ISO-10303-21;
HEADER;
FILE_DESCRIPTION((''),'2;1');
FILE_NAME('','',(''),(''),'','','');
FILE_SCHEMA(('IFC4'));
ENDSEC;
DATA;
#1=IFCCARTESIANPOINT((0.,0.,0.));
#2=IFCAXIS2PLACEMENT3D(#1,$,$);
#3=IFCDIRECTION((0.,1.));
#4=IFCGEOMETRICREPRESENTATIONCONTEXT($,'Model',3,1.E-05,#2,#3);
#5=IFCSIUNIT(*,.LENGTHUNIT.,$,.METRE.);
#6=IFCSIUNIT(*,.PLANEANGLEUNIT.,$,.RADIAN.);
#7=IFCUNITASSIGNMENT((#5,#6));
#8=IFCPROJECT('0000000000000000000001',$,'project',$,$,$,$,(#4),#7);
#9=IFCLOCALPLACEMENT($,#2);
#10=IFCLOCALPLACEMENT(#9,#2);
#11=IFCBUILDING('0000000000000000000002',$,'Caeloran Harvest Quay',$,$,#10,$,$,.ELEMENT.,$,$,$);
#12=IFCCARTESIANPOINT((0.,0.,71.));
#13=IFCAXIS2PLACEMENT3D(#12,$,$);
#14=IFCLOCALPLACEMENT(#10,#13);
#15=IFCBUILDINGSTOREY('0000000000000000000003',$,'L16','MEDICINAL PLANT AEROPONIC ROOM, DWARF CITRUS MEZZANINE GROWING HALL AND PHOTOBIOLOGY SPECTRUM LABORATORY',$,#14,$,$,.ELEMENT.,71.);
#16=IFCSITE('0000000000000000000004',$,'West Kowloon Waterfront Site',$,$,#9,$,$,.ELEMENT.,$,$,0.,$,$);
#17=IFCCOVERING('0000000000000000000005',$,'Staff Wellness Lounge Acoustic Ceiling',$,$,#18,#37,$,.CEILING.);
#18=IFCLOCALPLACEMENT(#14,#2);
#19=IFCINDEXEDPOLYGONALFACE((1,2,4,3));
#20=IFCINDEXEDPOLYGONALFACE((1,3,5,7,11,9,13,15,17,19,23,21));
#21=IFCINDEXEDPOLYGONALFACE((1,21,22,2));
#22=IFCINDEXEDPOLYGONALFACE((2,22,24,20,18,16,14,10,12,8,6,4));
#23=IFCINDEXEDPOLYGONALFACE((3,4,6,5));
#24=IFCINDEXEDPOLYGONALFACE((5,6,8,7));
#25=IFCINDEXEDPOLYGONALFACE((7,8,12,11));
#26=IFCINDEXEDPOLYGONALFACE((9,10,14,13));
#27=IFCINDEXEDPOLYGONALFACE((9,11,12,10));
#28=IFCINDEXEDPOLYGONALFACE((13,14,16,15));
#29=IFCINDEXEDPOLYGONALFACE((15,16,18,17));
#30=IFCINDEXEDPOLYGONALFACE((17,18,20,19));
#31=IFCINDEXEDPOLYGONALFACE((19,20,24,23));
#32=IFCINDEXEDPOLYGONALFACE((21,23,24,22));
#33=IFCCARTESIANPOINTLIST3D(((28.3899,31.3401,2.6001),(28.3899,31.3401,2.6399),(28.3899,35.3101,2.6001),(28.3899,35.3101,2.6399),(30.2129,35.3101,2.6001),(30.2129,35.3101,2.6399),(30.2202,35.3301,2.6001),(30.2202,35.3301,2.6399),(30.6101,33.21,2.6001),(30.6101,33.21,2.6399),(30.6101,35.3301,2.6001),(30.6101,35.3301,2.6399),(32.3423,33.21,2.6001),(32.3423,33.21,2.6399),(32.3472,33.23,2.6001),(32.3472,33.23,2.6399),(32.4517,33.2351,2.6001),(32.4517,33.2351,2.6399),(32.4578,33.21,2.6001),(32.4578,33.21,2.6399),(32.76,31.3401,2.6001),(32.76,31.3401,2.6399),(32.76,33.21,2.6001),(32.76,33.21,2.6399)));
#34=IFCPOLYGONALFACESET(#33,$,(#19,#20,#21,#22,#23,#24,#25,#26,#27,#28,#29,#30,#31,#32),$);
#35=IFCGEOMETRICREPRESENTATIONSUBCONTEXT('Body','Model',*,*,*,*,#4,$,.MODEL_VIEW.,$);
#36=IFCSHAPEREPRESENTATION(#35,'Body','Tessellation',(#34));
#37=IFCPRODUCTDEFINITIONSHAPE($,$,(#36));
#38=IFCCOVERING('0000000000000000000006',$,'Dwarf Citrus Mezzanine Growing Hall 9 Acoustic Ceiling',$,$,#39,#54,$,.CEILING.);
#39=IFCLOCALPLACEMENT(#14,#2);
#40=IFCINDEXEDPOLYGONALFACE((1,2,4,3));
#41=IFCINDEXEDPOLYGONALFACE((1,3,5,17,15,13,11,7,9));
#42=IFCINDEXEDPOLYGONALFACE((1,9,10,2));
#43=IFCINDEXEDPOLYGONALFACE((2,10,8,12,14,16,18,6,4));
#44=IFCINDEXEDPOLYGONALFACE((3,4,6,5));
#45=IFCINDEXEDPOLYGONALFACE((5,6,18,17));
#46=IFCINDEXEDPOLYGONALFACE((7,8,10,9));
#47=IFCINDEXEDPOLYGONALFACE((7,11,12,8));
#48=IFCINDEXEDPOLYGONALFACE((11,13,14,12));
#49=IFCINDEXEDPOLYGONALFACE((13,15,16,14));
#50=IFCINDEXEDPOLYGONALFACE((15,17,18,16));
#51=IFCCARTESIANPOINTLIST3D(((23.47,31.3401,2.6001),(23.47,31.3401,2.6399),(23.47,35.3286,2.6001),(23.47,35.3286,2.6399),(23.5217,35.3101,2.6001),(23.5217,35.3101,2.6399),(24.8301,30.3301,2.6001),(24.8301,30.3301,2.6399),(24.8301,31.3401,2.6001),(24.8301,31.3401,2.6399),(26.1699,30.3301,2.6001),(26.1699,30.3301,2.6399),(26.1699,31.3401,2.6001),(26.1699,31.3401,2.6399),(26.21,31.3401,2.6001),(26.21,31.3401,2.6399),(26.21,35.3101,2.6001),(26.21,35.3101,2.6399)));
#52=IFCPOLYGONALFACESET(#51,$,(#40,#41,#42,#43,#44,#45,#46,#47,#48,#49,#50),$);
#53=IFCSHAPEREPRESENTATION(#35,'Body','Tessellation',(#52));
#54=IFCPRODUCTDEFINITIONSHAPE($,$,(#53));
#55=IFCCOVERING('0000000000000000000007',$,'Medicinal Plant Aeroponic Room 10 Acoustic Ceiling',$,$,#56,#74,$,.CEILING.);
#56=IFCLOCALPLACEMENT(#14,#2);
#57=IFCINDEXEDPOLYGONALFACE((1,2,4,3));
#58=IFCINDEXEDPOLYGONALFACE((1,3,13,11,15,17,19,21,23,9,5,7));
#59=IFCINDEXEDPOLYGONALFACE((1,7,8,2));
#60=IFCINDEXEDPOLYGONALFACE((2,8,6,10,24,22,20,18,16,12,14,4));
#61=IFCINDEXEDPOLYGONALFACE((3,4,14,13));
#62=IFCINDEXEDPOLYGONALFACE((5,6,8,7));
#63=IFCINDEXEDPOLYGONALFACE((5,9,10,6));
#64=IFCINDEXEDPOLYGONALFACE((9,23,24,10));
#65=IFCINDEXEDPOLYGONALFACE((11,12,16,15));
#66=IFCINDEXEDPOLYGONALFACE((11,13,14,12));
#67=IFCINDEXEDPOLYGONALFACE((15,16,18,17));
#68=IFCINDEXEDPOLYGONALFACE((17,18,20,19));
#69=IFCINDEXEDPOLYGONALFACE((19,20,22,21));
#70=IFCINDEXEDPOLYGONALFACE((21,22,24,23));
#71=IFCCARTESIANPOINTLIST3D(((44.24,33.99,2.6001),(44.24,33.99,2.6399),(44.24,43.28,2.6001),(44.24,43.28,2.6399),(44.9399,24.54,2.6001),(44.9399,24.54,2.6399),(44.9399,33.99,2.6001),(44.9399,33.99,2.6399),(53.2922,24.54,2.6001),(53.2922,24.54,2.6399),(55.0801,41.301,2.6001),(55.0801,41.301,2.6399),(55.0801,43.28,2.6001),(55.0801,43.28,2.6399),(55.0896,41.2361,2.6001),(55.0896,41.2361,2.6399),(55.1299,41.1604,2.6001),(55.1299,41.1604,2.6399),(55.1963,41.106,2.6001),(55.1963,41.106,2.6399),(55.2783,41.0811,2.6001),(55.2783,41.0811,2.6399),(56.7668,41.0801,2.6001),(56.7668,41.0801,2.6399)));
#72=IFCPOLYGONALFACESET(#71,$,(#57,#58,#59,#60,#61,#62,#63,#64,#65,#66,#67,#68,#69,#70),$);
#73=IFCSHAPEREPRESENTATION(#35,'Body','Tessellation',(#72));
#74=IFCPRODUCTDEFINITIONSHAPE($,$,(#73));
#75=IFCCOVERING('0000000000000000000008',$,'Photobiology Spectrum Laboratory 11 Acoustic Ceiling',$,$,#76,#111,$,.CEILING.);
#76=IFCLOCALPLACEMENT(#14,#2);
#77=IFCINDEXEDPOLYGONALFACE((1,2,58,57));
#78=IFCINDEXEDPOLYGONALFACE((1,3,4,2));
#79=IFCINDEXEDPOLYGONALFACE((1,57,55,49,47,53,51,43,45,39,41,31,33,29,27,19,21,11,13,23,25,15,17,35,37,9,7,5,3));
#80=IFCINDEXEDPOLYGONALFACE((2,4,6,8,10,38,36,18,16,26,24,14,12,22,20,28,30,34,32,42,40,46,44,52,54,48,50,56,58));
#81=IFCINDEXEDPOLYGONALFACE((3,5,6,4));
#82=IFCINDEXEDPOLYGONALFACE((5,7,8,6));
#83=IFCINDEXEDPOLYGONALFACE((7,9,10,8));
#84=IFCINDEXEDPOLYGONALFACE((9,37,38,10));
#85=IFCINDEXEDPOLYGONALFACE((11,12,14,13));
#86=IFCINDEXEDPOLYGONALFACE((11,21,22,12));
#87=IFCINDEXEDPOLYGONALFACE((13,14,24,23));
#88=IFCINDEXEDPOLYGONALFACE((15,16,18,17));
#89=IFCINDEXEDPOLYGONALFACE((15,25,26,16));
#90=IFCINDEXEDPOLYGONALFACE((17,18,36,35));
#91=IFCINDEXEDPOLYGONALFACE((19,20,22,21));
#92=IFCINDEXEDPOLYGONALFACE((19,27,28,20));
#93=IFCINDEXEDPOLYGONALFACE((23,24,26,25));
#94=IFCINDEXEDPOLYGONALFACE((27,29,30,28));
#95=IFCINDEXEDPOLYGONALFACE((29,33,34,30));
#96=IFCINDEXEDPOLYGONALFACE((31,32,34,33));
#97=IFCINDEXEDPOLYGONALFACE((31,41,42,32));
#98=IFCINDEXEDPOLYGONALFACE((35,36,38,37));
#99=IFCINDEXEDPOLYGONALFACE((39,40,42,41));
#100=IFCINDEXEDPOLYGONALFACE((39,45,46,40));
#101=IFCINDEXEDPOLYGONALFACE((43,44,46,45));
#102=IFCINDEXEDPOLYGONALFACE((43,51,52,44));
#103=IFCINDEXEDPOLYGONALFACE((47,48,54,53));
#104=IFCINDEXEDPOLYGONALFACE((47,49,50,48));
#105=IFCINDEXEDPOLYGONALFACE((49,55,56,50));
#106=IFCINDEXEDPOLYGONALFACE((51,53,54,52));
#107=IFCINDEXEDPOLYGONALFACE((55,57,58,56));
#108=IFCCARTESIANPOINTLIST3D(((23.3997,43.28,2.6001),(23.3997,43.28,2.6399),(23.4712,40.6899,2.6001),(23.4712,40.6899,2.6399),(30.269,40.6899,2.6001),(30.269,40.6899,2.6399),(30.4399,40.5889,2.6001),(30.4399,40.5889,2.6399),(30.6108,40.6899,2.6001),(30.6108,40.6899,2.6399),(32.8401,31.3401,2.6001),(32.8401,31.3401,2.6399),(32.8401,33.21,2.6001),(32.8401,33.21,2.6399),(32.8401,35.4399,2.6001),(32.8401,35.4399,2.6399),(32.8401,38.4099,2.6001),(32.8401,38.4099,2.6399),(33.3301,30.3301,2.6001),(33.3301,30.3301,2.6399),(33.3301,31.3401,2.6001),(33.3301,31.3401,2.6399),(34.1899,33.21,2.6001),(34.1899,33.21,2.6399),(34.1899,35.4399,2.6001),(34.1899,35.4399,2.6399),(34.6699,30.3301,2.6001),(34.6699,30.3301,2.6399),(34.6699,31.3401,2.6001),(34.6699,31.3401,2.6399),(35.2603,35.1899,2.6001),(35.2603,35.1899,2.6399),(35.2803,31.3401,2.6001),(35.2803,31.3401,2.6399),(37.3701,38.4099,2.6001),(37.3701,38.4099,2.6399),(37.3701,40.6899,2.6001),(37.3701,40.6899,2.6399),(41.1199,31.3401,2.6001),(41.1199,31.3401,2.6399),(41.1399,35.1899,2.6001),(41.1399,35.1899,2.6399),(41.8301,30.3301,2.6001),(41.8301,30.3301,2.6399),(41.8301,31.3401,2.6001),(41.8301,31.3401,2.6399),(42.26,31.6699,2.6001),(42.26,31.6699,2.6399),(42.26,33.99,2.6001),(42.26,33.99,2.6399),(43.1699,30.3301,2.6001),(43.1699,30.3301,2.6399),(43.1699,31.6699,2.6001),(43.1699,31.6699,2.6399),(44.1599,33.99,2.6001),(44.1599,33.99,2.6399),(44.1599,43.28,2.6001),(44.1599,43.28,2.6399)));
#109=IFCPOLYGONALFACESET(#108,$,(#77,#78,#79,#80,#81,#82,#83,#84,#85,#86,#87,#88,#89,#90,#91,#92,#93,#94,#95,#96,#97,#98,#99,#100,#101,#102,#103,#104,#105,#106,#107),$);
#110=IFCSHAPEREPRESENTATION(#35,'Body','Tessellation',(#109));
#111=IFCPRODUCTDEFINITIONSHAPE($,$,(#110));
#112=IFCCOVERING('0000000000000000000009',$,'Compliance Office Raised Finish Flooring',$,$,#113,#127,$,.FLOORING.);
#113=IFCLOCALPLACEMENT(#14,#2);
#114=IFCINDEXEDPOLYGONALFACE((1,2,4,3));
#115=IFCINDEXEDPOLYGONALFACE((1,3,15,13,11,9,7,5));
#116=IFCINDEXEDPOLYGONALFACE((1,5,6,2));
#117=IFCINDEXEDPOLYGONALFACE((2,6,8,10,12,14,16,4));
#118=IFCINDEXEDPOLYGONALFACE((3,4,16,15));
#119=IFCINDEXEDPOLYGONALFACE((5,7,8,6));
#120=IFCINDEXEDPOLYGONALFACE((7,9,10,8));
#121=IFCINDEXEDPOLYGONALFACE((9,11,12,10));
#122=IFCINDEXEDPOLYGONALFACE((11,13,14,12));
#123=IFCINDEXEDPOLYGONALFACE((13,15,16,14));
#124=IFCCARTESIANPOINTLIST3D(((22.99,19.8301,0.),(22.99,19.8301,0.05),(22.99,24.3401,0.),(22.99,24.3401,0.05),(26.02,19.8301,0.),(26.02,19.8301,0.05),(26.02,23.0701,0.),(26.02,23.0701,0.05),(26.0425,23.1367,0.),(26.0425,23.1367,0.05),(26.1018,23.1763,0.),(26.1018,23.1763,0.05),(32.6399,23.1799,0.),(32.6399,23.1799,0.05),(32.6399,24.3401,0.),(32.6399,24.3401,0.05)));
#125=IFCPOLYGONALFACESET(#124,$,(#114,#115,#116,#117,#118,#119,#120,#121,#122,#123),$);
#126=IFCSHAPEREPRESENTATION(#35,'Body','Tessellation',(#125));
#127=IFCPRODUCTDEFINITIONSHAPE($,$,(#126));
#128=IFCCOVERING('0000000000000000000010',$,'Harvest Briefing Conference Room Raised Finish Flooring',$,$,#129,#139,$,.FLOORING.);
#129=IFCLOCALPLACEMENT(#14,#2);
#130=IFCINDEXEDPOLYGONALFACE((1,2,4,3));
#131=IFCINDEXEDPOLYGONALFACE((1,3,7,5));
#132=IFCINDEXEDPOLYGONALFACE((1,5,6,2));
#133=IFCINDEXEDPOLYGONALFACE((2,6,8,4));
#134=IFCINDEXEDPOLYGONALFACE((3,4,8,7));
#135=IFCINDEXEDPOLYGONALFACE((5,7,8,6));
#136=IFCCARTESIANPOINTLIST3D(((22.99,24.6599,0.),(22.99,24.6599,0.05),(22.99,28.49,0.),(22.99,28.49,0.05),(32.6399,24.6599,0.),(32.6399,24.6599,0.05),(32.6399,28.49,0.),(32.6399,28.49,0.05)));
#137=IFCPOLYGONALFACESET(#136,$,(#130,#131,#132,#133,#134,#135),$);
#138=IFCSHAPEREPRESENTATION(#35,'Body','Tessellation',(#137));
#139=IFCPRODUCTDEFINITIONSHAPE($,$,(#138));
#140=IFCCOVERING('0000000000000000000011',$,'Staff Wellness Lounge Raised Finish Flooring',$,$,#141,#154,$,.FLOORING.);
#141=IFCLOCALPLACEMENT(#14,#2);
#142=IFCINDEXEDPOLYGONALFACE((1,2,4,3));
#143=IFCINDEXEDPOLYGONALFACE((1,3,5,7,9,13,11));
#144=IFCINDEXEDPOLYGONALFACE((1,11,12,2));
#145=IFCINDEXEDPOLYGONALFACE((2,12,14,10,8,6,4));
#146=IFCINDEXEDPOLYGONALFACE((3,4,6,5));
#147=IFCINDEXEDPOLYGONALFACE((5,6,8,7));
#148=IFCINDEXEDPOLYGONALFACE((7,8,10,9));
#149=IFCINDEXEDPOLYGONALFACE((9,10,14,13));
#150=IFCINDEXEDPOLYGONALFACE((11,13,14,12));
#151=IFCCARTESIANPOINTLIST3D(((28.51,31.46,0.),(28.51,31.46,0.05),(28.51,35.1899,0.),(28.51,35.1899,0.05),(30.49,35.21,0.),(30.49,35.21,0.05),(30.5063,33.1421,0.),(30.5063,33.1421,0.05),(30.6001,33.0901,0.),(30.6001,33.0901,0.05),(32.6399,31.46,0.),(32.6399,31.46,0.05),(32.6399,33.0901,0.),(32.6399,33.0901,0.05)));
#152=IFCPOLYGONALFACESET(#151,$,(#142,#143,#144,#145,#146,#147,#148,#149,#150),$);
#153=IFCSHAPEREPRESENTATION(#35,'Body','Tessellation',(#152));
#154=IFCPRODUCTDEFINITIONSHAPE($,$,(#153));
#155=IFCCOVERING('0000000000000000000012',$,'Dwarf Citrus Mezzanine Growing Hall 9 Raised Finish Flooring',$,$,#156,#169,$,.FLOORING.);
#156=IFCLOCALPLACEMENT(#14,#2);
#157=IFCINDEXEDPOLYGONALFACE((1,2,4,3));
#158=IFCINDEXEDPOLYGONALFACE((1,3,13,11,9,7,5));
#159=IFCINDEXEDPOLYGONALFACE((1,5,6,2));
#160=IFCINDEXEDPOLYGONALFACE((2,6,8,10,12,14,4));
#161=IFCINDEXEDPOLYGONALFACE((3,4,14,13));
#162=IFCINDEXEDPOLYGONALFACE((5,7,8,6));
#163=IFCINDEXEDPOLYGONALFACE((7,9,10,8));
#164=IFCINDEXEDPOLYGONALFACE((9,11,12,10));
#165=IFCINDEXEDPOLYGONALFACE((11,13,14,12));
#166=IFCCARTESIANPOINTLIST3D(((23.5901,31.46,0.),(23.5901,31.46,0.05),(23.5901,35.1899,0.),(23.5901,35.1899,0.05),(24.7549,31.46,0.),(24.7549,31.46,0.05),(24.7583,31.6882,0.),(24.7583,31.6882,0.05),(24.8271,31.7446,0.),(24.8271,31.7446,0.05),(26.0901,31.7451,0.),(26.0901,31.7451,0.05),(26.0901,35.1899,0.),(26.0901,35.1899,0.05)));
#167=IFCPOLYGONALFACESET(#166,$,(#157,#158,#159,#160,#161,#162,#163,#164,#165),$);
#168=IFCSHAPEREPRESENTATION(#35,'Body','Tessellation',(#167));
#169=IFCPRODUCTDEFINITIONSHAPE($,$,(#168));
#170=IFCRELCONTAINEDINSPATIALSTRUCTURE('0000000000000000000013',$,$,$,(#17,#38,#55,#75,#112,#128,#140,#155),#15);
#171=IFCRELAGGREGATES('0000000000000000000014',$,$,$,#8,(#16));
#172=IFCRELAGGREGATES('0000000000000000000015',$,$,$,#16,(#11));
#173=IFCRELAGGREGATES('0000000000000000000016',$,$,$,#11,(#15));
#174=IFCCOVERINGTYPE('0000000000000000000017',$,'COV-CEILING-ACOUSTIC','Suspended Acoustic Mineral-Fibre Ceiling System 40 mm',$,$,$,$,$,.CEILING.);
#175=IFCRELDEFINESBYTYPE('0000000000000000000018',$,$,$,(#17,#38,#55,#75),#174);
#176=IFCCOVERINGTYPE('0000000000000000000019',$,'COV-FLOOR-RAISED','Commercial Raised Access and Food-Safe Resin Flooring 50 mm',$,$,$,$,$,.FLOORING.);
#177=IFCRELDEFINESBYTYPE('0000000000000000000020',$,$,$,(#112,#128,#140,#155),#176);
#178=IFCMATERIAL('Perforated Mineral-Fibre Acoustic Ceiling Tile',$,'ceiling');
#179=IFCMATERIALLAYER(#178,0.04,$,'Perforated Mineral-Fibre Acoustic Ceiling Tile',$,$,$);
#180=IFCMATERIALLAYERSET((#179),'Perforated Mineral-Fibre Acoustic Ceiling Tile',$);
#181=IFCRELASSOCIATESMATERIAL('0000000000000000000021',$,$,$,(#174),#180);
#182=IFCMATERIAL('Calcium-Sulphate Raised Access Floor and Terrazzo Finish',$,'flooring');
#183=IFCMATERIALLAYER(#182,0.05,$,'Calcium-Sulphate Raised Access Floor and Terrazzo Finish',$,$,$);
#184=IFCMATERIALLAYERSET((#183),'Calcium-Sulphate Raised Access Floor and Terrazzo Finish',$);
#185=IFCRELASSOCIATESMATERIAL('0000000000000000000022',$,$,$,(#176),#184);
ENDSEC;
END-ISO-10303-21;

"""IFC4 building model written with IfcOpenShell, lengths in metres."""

from ifc_helpers import new_model, si_unit, direction, frame, origin, place, context, subcontext, project, spatial, polyline, outline, extrude, material, layer, layer_set, type_object, element, save


model = new_model("IFC4")

# Units and contexts
model_context = context("Model", 3, precision=1e-05, world=origin(), true_north=direction((0.0, 1.0)))
body_context = subcontext(model_context, "Body", "Model", "MODEL_VIEW")
ifc_project = project(units=[si_unit("LENGTHUNIT", "METRE"), si_unit("PLANEANGLEUNIT", "RADIAN")], contexts=[model_context])

# Site, building, storey
site_placement = place(None, origin())
site = spatial("IfcSite", under=ifc_project, at=site_placement, Name="West Kowloon Waterfront Site", CompositionType="ELEMENT", RefElevation=0.0)
building_placement = place(site_placement, origin())
building = spatial("IfcBuilding", under=site, at=building_placement, Name="Caeloran Harvest Quay", CompositionType="ELEMENT")
storey_placement = place(building_placement, frame((0.0, 0.0, 71.0)))
storey = spatial("IfcBuildingStorey", under=building, at=storey_placement, Name="L16", Description="MEDICINAL PLANT AEROPONIC ROOM, DWARF CITRUS MEZZANINE GROWING HALL AND PHOTOBIOLOGY SPECTRUM LABORATORY", CompositionType="ELEMENT", Elevation=71.0)

# Coverings
ifc_material_1 = material(Name="Perforated Mineral-Fibre Acoustic Ceiling Tile", Category="ceiling")
ifc_layer_1 = layer(ifc_material_1, 0.04, Name="Perforated Mineral-Fibre Acoustic Ceiling Tile")
ifc_layer_set_1 = layer_set([ifc_layer_1], Name="Perforated Mineral-Fibre Acoustic Ceiling Tile")
covering_type_1 = type_object("IfcCoveringType", Name="COV-CEILING-ACOUSTIC", Description="Suspended Acoustic Mineral-Fibre Ceiling System 40 mm", PredefinedType="CEILING", material=ifc_layer_set_1)
covering_1_placement = place(storey_placement, frame((0.0, 0.0, 2.6001)))
element("IfcCovering", 1, at=covering_1_placement, inside=storey, type_object=covering_type_1, Name="Staff Wellness Lounge Acoustic Ceiling", PredefinedType="CEILING", context=body_context, shape_type="SweptSolid", body=[
    extrude(outline(polyline([(30.2129, 35.3101), (30.2202, 35.3301), (30.6101, 35.3301), (30.6101, 33.21), (32.3423, 33.21), (32.3472, 33.23), (32.4517, 33.2351), (32.4578, 33.21), (32.76, 33.21), (32.76, 31.3401), (28.3899, 31.3401), (28.3899, 35.3101), (30.2129, 35.3101)])), origin(), (0.0, 0.0, 1.0), 0.0398),
])
covering_2_placement = place(storey_placement, frame((0.0, 0.0, 2.6001)))
element("IfcCovering", 2, at=covering_2_placement, inside=storey, type_object=covering_type_1, Name="Dwarf Citrus Mezzanine Growing Hall 9 Acoustic Ceiling", PredefinedType="CEILING", context=body_context, shape_type="SweptSolid", body=[
    extrude(outline(polyline([(26.1699, 30.3301), (24.8301, 30.3301), (24.8301, 31.3401), (23.47, 31.3401), (23.47, 35.3286), (23.5217, 35.3101), (26.21, 35.3101), (26.21, 31.3401), (26.1699, 31.3401), (26.1699, 30.3301)])), origin(), (0.0, 0.0, 1.0), 0.0398),
])
covering_3_placement = place(storey_placement, frame((0.0, 0.0, 2.6001)))
element("IfcCovering", 3, at=covering_3_placement, inside=storey, type_object=covering_type_1, Name="Medicinal Plant Aeroponic Room 10 Acoustic Ceiling", PredefinedType="CEILING", context=body_context, shape_type="SweptSolid", body=[
    extrude(outline(polyline([(44.24, 43.28), (55.0801, 43.28), (55.0801, 41.301), (55.0896, 41.2361), (55.1299, 41.1604), (55.1963, 41.106), (55.2783, 41.0811), (56.7668, 41.0801), (53.2922, 24.54), (44.9399, 24.54), (44.9399, 33.99), (44.24, 33.99), (44.24, 43.28)])), origin(), (0.0, 0.0, 1.0), 0.0398),
])
covering_4_placement = place(storey_placement, frame((0.0, 0.0, 2.6001)))
element("IfcCovering", 4, at=covering_4_placement, inside=storey, type_object=covering_type_1, Name="Photobiology Spectrum Laboratory 11 Acoustic Ceiling", PredefinedType="CEILING", context=body_context, shape_type="SweptSolid", body=[
    extrude(outline(polyline([(33.3301, 31.3401), (32.8401, 31.3401), (32.8401, 33.21), (34.1899, 33.21), (34.1899, 35.4399), (32.8401, 35.4399), (32.8401, 38.4099), (37.3701, 38.4099), (37.3701, 40.6899), (30.6108, 40.6899), (30.4399, 40.5889), (30.269, 40.6899), (23.4712, 40.6899), (23.3997, 43.28), (44.1599, 43.28), (44.1599, 33.99), (42.26, 33.99), (42.26, 31.6699), (43.1699, 31.6699), (43.1699, 30.3301), (41.8301, 30.3301), (41.8301, 31.3401), (41.1199, 31.3401), (41.1399, 35.1899), (35.2603, 35.1899), (35.2803, 31.3401), (34.6699, 31.3401), (34.6699, 30.3301), (33.3301, 30.3301), (33.3301, 31.3401)])), origin(), (0.0, 0.0, 1.0), 0.0398),
])
ifc_material_2 = material(Name="Calcium-Sulphate Raised Access Floor and Terrazzo Finish", Category="flooring")
ifc_layer_2 = layer(ifc_material_2, 0.05, Name="Calcium-Sulphate Raised Access Floor and Terrazzo Finish")
ifc_layer_set_2 = layer_set([ifc_layer_2], Name="Calcium-Sulphate Raised Access Floor and Terrazzo Finish")
covering_type_2 = type_object("IfcCoveringType", Name="COV-FLOOR-RAISED", Description="Commercial Raised Access and Food-Safe Resin Flooring 50 mm", PredefinedType="FLOORING", material=ifc_layer_set_2)
covering_5_placement = place(storey_placement, origin())
element("IfcCovering", 5, at=covering_5_placement, inside=storey, type_object=covering_type_2, Name="Compliance Office Raised Finish Flooring", PredefinedType="FLOORING", context=body_context, shape_type="SweptSolid", body=[
    extrude(outline(polyline([(26.1018, 23.1763), (26.0425, 23.1367), (26.02, 23.0701), (26.02, 19.8301), (22.99, 19.8301), (22.99, 24.3401), (32.6399, 24.3401), (32.6399, 23.1799), (26.1018, 23.1763)])), origin(), (0.0, 0.0, 1.0), 0.05),
])
covering_6_placement = place(storey_placement, origin())
element("IfcCovering", 6, at=covering_6_placement, inside=storey, type_object=covering_type_2, Name="Harvest Briefing Conference Room Raised Finish Flooring", PredefinedType="FLOORING", context=body_context, shape_type="SweptSolid", body=[
    extrude(outline(polyline([(22.99, 28.49), (32.6399, 28.49), (32.6399, 24.6599), (22.99, 24.6599), (22.99, 28.49)])), origin(), (0.0, 0.0, 1.0), 0.05),
])
covering_7_placement = place(storey_placement, origin())
element("IfcCovering", 7, at=covering_7_placement, inside=storey, type_object=covering_type_2, Name="Staff Wellness Lounge Raised Finish Flooring", PredefinedType="FLOORING", context=body_context, shape_type="SweptSolid", body=[
    extrude(outline(polyline([(28.51, 35.1899), (30.49, 35.21), (30.5063, 33.1421), (30.6001, 33.0901), (32.6399, 33.0901), (32.6399, 31.46), (28.51, 31.46), (28.51, 35.1899)])), origin(), (0.0, 0.0, 1.0), 0.05),
])
covering_8_placement = place(storey_placement, origin())
element("IfcCovering", 8, at=covering_8_placement, inside=storey, type_object=covering_type_2, Name="Dwarf Citrus Mezzanine Growing Hall 9 Raised Finish Flooring", PredefinedType="FLOORING", context=body_context, shape_type="SweptSolid", body=[
    extrude(outline(polyline([(23.5901, 35.1899), (26.0901, 35.1899), (26.0901, 31.7451), (24.8271, 31.7446), (24.7583, 31.6882), (24.7549, 31.46), (23.5901, 31.46), (23.5901, 35.1899)])), origin(), (0.0, 0.0, 1.0), 0.05),
])

save(model, "model.ifc")
